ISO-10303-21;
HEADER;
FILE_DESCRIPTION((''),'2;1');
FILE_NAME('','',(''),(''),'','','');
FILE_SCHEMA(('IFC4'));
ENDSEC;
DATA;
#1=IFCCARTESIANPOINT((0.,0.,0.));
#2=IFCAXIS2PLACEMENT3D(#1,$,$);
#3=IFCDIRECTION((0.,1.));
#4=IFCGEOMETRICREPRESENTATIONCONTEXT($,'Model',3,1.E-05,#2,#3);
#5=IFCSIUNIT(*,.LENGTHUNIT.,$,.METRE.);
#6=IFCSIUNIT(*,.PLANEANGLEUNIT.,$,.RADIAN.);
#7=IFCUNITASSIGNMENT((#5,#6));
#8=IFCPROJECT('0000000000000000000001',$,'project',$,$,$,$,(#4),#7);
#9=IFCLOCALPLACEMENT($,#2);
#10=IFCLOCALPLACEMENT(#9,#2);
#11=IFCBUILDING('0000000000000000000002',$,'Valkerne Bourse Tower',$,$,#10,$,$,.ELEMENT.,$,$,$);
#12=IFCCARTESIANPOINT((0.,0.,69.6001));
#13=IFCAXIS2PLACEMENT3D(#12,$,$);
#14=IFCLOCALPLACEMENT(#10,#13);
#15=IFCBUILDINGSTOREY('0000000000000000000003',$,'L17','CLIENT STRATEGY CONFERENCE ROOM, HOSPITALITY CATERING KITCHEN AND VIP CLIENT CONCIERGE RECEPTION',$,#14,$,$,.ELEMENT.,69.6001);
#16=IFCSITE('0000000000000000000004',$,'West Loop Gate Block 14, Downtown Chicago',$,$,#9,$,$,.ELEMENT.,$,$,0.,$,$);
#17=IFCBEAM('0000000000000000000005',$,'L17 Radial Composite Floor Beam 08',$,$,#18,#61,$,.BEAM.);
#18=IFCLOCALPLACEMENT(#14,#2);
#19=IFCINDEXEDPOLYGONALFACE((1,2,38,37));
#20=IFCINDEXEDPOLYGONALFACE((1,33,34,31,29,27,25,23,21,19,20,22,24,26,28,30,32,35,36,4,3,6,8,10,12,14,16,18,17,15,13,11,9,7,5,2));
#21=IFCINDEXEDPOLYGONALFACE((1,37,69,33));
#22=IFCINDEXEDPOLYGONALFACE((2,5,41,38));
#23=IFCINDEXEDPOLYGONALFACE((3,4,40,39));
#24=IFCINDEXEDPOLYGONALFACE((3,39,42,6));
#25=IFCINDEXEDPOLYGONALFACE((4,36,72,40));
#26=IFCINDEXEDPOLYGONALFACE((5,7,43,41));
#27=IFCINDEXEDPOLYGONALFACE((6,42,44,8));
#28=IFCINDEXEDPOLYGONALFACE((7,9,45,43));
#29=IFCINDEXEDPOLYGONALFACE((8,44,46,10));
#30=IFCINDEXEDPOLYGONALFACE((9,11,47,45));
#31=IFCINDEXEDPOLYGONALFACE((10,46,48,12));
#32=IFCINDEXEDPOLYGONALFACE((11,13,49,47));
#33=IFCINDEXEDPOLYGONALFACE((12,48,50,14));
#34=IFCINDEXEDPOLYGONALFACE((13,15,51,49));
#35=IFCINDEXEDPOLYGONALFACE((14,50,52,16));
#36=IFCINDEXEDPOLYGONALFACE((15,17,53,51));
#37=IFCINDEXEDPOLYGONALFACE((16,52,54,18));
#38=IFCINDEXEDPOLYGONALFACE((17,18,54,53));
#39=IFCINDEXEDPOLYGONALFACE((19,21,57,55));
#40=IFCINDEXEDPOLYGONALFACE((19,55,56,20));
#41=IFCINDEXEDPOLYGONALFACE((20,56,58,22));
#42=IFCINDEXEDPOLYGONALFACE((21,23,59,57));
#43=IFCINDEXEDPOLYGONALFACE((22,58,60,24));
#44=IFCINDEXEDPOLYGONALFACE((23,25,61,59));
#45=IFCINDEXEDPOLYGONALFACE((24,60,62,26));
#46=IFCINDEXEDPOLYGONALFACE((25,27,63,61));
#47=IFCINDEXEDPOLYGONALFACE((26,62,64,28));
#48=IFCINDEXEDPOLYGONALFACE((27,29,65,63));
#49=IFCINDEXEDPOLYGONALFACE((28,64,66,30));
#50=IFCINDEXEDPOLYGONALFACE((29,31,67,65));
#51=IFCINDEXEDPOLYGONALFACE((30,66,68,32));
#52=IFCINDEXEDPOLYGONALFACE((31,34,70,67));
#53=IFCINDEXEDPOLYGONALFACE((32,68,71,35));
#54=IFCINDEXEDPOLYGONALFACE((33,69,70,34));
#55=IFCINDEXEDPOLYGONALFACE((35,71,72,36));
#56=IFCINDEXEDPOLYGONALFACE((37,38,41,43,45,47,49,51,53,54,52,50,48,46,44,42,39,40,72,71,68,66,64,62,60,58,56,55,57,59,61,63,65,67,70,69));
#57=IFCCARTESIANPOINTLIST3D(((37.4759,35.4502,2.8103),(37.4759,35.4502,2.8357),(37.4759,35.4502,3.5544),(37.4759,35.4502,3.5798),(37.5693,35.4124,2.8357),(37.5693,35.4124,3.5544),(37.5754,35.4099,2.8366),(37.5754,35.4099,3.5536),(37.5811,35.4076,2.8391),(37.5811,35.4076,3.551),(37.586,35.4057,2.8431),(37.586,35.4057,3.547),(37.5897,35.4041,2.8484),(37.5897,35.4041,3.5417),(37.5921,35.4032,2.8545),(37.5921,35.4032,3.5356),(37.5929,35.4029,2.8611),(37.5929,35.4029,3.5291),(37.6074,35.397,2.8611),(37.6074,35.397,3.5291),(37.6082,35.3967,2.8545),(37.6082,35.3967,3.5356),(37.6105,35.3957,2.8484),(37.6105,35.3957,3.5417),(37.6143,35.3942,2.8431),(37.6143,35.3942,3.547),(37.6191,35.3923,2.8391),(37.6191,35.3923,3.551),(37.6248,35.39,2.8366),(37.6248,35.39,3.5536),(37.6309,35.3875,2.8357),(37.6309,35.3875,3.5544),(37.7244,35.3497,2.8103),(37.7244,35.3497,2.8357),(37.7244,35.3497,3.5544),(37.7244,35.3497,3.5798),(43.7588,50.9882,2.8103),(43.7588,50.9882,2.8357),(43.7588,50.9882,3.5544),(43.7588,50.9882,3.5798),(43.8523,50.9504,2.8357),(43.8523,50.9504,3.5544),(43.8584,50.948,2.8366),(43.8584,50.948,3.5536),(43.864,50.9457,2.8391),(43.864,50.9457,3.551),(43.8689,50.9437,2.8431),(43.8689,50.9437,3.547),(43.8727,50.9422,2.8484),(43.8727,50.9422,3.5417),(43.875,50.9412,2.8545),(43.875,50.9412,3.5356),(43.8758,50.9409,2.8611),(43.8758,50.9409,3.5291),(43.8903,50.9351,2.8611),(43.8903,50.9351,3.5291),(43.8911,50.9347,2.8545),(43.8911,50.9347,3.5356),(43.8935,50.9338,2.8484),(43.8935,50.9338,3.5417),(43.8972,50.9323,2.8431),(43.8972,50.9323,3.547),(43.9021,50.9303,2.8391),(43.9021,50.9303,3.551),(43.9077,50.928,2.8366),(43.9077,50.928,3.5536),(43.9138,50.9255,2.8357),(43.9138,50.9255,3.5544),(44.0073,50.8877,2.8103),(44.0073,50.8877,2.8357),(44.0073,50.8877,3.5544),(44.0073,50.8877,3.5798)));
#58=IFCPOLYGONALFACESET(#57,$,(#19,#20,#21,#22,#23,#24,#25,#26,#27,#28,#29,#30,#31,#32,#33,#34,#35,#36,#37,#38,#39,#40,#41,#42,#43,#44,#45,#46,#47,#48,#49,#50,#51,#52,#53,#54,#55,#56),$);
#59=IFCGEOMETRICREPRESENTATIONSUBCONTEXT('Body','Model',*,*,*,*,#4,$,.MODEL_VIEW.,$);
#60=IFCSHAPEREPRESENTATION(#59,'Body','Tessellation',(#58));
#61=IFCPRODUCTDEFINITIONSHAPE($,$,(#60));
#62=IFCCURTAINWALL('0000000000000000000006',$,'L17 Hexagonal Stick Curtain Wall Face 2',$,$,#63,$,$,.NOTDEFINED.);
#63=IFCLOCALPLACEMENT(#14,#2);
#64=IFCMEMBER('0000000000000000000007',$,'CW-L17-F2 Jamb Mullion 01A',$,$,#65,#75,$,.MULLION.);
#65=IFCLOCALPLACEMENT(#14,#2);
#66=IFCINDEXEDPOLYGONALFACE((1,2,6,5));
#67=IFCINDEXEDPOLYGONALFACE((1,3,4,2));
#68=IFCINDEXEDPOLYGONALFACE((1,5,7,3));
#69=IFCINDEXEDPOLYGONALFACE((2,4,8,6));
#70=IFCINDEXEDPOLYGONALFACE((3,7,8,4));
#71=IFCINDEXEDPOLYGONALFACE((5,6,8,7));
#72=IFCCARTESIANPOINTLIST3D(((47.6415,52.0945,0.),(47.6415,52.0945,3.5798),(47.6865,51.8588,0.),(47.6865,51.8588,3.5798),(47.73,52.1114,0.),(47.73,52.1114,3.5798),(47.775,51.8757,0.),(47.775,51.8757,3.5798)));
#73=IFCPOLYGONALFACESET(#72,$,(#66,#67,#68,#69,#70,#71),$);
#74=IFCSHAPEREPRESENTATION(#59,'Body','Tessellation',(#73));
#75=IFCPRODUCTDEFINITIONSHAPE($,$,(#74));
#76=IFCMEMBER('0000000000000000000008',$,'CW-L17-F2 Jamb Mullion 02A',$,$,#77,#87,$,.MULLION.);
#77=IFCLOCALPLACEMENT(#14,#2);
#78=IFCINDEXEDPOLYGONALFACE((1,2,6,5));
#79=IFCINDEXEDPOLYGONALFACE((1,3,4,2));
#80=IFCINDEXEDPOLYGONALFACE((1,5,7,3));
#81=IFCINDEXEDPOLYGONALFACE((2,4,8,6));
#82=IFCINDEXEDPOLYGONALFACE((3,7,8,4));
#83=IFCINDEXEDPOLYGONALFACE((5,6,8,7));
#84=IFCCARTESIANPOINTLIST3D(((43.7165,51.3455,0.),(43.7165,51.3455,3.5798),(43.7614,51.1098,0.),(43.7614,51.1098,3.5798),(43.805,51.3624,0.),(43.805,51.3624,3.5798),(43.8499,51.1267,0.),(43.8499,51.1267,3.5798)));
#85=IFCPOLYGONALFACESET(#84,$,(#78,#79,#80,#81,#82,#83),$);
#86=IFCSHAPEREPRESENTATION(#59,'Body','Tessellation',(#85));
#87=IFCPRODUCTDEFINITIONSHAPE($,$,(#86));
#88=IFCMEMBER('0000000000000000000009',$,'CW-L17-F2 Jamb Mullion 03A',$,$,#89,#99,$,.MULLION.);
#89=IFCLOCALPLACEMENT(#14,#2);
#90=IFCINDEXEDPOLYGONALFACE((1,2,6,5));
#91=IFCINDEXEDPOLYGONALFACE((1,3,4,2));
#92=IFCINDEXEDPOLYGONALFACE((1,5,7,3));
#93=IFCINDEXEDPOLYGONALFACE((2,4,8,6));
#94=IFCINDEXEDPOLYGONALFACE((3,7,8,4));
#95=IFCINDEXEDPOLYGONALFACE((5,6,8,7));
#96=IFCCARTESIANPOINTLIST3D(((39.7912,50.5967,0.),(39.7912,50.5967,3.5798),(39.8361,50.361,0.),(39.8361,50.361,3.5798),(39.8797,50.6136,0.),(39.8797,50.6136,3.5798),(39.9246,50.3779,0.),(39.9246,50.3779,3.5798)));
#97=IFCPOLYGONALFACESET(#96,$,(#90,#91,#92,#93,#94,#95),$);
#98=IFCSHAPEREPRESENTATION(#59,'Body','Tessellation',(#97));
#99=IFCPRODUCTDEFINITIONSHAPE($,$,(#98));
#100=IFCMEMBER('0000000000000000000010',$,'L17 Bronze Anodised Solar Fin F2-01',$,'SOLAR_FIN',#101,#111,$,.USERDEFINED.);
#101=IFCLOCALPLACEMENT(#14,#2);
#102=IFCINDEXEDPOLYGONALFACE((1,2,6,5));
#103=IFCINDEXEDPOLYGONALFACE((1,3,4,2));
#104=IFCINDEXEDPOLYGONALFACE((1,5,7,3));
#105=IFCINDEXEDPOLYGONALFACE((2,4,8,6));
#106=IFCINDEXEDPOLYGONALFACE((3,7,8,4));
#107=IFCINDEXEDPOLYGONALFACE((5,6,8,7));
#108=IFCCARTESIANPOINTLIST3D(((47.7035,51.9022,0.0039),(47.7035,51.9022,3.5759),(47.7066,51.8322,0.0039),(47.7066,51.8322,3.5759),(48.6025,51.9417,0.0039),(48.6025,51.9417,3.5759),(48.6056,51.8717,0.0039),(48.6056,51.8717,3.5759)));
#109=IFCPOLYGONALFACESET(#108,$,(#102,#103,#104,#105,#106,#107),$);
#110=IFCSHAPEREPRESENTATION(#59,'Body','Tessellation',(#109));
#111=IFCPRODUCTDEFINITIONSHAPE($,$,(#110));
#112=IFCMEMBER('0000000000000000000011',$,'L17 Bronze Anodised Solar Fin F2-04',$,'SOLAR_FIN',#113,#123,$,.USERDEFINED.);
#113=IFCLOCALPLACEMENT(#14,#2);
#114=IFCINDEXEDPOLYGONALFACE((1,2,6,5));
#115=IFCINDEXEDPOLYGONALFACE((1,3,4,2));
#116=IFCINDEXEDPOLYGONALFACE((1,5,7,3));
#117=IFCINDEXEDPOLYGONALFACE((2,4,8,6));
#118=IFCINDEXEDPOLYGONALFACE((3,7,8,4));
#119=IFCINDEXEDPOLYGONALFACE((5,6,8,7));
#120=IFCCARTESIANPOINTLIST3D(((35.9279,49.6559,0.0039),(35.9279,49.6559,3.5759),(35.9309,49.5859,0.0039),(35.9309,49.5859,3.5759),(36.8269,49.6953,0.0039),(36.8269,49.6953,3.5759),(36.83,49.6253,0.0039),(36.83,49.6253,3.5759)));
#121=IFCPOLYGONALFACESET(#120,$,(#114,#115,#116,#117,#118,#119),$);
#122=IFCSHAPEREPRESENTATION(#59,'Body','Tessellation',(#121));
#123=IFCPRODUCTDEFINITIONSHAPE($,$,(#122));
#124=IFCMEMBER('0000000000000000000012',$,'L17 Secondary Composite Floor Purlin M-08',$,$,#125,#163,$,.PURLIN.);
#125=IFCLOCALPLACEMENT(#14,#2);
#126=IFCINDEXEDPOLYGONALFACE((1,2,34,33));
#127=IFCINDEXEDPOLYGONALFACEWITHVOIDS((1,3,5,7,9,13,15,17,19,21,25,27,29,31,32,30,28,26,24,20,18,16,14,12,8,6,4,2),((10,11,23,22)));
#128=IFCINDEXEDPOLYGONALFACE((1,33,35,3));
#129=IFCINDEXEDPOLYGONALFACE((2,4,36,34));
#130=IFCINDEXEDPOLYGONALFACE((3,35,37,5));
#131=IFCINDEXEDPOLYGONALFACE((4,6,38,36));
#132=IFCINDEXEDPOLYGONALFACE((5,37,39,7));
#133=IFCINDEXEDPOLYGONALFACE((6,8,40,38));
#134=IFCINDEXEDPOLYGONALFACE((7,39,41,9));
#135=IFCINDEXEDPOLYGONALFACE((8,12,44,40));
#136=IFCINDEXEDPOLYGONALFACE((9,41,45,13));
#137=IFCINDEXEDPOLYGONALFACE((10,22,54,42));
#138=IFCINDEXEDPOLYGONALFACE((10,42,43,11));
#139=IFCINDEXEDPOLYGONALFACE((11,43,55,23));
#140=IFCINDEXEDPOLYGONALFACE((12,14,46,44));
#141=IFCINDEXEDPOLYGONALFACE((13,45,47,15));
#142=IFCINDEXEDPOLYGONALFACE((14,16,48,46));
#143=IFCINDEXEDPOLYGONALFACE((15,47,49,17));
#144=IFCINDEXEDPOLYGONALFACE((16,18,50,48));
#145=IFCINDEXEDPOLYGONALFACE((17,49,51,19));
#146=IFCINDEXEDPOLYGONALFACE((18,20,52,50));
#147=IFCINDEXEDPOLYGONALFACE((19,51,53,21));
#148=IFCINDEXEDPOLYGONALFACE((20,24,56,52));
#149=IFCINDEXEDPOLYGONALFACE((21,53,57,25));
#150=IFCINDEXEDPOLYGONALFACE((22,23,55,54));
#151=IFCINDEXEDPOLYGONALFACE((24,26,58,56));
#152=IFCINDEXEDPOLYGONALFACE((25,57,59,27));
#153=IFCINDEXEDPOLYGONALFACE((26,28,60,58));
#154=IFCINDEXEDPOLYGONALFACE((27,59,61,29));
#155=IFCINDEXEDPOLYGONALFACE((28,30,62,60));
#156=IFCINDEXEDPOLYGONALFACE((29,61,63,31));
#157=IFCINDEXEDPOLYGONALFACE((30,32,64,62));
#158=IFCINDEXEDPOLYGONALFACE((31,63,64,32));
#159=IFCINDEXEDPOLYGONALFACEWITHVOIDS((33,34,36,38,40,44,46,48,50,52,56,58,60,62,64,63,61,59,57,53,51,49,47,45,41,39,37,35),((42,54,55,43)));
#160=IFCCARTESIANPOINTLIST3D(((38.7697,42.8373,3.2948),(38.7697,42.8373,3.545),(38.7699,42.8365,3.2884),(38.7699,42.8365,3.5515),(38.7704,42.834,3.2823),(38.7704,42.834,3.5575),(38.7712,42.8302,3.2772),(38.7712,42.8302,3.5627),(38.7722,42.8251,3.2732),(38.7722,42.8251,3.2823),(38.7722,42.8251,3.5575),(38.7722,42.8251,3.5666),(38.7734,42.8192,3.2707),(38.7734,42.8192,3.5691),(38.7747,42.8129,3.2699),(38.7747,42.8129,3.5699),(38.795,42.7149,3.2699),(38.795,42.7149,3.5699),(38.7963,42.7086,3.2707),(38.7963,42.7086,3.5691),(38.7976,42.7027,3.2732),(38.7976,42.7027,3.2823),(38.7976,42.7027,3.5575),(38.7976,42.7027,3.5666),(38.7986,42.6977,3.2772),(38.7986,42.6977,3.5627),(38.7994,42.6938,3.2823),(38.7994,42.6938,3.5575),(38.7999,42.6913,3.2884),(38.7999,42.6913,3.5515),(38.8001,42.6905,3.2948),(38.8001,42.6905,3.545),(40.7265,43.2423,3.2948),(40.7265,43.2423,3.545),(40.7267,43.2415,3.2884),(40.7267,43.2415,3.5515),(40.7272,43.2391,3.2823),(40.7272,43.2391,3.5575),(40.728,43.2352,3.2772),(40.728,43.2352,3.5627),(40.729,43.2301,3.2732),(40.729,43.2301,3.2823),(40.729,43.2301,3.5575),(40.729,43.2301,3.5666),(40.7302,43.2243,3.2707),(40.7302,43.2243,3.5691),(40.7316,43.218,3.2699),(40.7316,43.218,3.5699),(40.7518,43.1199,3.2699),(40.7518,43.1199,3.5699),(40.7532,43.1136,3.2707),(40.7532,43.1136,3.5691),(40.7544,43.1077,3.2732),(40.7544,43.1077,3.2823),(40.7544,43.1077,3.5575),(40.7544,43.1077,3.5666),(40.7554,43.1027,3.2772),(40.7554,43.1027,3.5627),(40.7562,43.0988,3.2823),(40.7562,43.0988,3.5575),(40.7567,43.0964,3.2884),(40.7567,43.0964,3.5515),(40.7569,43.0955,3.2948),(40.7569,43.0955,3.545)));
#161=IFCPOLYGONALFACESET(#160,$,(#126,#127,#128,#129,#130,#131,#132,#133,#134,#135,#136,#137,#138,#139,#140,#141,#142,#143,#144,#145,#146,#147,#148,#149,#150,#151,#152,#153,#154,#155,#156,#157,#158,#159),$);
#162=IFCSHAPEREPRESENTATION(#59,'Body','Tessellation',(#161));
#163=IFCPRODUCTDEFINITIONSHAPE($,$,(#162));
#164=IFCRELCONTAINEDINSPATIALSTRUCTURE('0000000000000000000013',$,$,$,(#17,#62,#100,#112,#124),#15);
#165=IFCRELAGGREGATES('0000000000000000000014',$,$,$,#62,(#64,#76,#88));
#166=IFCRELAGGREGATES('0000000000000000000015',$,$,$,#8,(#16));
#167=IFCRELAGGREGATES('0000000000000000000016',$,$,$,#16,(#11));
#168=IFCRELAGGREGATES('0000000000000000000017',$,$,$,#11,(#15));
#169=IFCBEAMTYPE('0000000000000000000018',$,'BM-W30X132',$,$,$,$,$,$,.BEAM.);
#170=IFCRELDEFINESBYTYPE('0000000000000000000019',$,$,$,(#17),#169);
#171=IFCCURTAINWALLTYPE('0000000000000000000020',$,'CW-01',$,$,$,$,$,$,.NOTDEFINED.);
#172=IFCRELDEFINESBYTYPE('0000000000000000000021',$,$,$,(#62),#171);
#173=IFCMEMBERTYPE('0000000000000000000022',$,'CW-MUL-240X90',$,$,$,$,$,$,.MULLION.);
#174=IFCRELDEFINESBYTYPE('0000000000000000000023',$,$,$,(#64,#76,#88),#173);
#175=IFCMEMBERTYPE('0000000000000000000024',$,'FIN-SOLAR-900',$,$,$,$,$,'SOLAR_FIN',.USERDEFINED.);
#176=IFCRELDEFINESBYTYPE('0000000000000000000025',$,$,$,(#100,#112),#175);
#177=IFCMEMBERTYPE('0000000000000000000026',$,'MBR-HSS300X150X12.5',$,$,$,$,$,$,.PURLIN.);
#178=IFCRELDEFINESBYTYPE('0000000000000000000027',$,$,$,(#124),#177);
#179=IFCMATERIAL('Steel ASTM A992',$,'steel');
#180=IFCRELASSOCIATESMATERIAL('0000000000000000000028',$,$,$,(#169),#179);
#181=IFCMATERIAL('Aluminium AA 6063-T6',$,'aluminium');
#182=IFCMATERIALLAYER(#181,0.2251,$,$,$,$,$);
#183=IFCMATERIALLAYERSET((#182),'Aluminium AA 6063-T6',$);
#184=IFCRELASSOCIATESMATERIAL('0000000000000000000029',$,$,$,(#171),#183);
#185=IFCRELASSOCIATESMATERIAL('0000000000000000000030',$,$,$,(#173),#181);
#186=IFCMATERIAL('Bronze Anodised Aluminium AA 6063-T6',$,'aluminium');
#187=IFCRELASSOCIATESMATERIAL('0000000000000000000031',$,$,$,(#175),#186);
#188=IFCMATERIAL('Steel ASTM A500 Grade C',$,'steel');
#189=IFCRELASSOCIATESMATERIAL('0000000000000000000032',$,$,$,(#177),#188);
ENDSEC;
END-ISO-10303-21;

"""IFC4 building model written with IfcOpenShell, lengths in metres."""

from ifc_helpers import new_model, si_unit, direction, frame, origin, origin_2d, place, context, subcontext, project, spatial, rectangle, hollow_rectangle, i_section, extrude, material, layer, layer_set, material_profile, profile_set, type_object, element, aggregate, save


model = new_model("IFC4")

# Units and contexts
model_context = context("Model", 3, precision=1e-05, world=origin(), true_north=direction((0.0, 1.0)))
body_context = subcontext(model_context, "Body", "Model", "MODEL_VIEW")
ifc_project = project(units=[si_unit("LENGTHUNIT", "METRE"), si_unit("PLANEANGLEUNIT", "RADIAN")], contexts=[model_context])

# Site, building, storey
site_placement = place(None, origin())
site = spatial("IfcSite", under=ifc_project, at=site_placement, Name="West Loop Gate Block 14, Downtown Chicago", CompositionType="ELEMENT", RefElevation=0.0)
building_placement = place(site_placement, origin())
building = spatial("IfcBuilding", under=site, at=building_placement, Name="Valkerne Bourse Tower", CompositionType="ELEMENT")
storey_placement = place(building_placement, frame((0.0, 0.0, 69.6001)))
storey = spatial("IfcBuildingStorey", under=building, at=storey_placement, Name="L17", Description="CLIENT STRATEGY CONFERENCE ROOM, HOSPITALITY CATERING KITCHEN AND VIP CLIENT CONCIERGE RECEPTION", CompositionType="ELEMENT", Elevation=69.6001)

# Beam
ifc_material_1 = material(Name="Steel ASTM A992", Category="steel")
ifc_material_profile_1 = material_profile(ifc_material_1, i_section(OverallWidth=0.2681, OverallDepth=0.7695, WebThickness=0.0156, FlangeThickness=0.0254, FilletRadius=0.0254, at=origin_2d()), Name="W30X132")
ifc_profile_set_1 = profile_set([ifc_material_profile_1], Name="Steel ASTM A992")
beam_type_1 = type_object("IfcBeamType", Name="BM-W30X132", PredefinedType="BEAM", material=ifc_profile_set_1)
beam_1_placement = place(storey_placement, frame((43.8831, 50.938, 3.1951), z_axis=(-0.374871, -0.927077, 0.0), x_axis=(0.927077, -0.374871, 0.0)))
element("IfcBeam", 1, at=beam_1_placement, inside=storey, type_object=beam_type_1, Name="L17 Radial Composite Floor Beam 08", PredefinedType="BEAM", context=body_context, shape_type="SweptSolid", body=[
    extrude(i_section(OverallWidth=0.2681, OverallDepth=0.7695, WebThickness=0.0156, FlangeThickness=0.0254, FilletRadius=0.0254, at=origin_2d()), origin(), (0.0, 0.0, 1.0), 16.7603),
])

# Curtain wall, members
ifc_material_2 = material(Name="Aluminium AA 6063-T6", Category="aluminium")
ifc_layer_1 = layer(ifc_material_2, 0.2251)
ifc_layer_set_1 = layer_set([ifc_layer_1], Name="Aluminium AA 6063-T6")
curtain_wall_type = type_object("IfcCurtainWallType", Name="CW-01", PredefinedType="NOTDEFINED", material=ifc_layer_set_1)
curtain_wall_placement = place(storey_placement, origin())
curtain_wall = element("IfcCurtainWall", 2, at=curtain_wall_placement, inside=storey, type_object=curtain_wall_type, Name="L17 Hexagonal Stick Curtain Wall Face 2", PredefinedType="NOTDEFINED")
ifc_material_profile_2 = material_profile(ifc_material_2, rectangle(XDim=0.0901, YDim=0.24, at=origin_2d()), Name="CWM-90X240")
ifc_profile_set_2 = profile_set([ifc_material_profile_2], Name="Aluminium AA 6063-T6")
member_type_1 = type_object("IfcMemberType", Name="CW-MUL-240X90", PredefinedType="MULLION", material=ifc_profile_set_2)
member_1_placement = place(storey_placement, frame((47.7083, 51.9851, 0.0), z_axis=(0.0, 0.0, 1.0), x_axis=(-0.982286, -0.187388, 0.0)))
member_1 = element("IfcMember", 3, at=member_1_placement, type_object=member_type_1, Name="CW-L17-F2 Jamb Mullion 01A", PredefinedType="MULLION", context=body_context, shape_type="SweptSolid", body=[
    extrude(rectangle(XDim=0.0901, YDim=0.24, at=origin_2d()), origin(), (0.0, 0.0, 1.0), 3.5798),
])
member_2_placement = place(storey_placement, frame((43.7832, 51.2361, 0.0), z_axis=(0.0, 0.0, 1.0), x_axis=(-0.982286, -0.187388, 0.0)))
member_2 = element("IfcMember", 4, at=member_2_placement, type_object=member_type_1, Name="CW-L17-F2 Jamb Mullion 02A", PredefinedType="MULLION", context=body_context, shape_type="SweptSolid", body=[
    extrude(rectangle(XDim=0.0901, YDim=0.24, at=origin_2d()), origin(), (0.0, 0.0, 1.0), 3.5798),
])
member_3_placement = place(storey_placement, frame((39.8579, 50.4873, 0.0), z_axis=(0.0, 0.0, 1.0), x_axis=(-0.982291, -0.187364, 0.0)))
member_3 = element("IfcMember", 5, at=member_3_placement, type_object=member_type_1, Name="CW-L17-F2 Jamb Mullion 03A", PredefinedType="MULLION", context=body_context, shape_type="SweptSolid", body=[
    extrude(rectangle(XDim=0.0901, YDim=0.24, at=origin_2d()), origin(), (0.0, 0.0, 1.0), 3.5798),
])

# Members
ifc_material_3 = material(Name="Bronze Anodised Aluminium AA 6063-T6", Category="aluminium")
ifc_material_profile_3 = material_profile(ifc_material_3, rectangle(XDim=0.0701, YDim=0.8999, at=origin_2d()), Name="FIN-70X900")
ifc_profile_set_3 = profile_set([ifc_material_profile_3], Name="Bronze Anodised Aluminium AA 6063-T6")
member_type_2 = type_object("IfcMemberType", Name="FIN-SOLAR-900", ElementType="SOLAR_FIN", PredefinedType="USERDEFINED", material=ifc_profile_set_3)
for number, where, z_axis, x_axis, name in (
    (6, (48.1545, 51.887, 0.0039), (0.0, 0.0, 1.0), (-0.043831, 0.999039, 0.0), "L17 Bronze Anodised Solar Fin F2-01"),
    (7, (36.3789, 49.6406, 0.0039), (0.0, 0.0, 1.0), (-0.043831, 0.999039, 0.0), "L17 Bronze Anodised Solar Fin F2-04"),
):
    element("IfcMember", number, at=place(storey_placement, frame(where, z_axis=z_axis, x_axis=x_axis)), inside=storey, type_object=member_type_2, Name=name, ObjectType="SOLAR_FIN", PredefinedType="USERDEFINED", context=body_context, shape_type="SweptSolid", body=[
        extrude(rectangle(XDim=0.0701, YDim=0.8999, at=origin_2d()), origin(), (0.0, 0.0, 1.0), 3.572),
    ])
ifc_material_4 = material(Name="Steel ASTM A500 Grade C", Category="steel")
ifc_material_profile_4 = material_profile(ifc_material_4, hollow_rectangle(XDim=0.1499, YDim=0.3, WallThickness=0.0125, OuterFilletRadius=0.0249, at=origin_2d()), Name="HSS300X150X12.5")
ifc_profile_set_4 = profile_set([ifc_material_profile_4], Name="Steel ASTM A500 Grade C")
member_type_3 = type_object("IfcMemberType", Name="MBR-HSS300X150X12.5", PredefinedType="PURLIN", material=ifc_profile_set_4)
member_4_placement = place(storey_placement, frame((40.7417, 43.1689, 3.4199), z_axis=(-0.979243, -0.20269, 0.0), x_axis=(0.20269, -0.979243, 0.0)))
element("IfcMember", 8, at=member_4_placement, inside=storey, type_object=member_type_3, Name="L17 Secondary Composite Floor Purlin M-08", PredefinedType="PURLIN", context=body_context, shape_type="SweptSolid", body=[
    extrude(hollow_rectangle(XDim=0.1499, YDim=0.3, WallThickness=0.0125, OuterFilletRadius=0.0249, at=origin_2d()), origin(), (0.0, 0.0, 1.0), 1.9983),
])

aggregate(curtain_wall, [member_1, member_2, member_3])

save(model, "model.ifc")
